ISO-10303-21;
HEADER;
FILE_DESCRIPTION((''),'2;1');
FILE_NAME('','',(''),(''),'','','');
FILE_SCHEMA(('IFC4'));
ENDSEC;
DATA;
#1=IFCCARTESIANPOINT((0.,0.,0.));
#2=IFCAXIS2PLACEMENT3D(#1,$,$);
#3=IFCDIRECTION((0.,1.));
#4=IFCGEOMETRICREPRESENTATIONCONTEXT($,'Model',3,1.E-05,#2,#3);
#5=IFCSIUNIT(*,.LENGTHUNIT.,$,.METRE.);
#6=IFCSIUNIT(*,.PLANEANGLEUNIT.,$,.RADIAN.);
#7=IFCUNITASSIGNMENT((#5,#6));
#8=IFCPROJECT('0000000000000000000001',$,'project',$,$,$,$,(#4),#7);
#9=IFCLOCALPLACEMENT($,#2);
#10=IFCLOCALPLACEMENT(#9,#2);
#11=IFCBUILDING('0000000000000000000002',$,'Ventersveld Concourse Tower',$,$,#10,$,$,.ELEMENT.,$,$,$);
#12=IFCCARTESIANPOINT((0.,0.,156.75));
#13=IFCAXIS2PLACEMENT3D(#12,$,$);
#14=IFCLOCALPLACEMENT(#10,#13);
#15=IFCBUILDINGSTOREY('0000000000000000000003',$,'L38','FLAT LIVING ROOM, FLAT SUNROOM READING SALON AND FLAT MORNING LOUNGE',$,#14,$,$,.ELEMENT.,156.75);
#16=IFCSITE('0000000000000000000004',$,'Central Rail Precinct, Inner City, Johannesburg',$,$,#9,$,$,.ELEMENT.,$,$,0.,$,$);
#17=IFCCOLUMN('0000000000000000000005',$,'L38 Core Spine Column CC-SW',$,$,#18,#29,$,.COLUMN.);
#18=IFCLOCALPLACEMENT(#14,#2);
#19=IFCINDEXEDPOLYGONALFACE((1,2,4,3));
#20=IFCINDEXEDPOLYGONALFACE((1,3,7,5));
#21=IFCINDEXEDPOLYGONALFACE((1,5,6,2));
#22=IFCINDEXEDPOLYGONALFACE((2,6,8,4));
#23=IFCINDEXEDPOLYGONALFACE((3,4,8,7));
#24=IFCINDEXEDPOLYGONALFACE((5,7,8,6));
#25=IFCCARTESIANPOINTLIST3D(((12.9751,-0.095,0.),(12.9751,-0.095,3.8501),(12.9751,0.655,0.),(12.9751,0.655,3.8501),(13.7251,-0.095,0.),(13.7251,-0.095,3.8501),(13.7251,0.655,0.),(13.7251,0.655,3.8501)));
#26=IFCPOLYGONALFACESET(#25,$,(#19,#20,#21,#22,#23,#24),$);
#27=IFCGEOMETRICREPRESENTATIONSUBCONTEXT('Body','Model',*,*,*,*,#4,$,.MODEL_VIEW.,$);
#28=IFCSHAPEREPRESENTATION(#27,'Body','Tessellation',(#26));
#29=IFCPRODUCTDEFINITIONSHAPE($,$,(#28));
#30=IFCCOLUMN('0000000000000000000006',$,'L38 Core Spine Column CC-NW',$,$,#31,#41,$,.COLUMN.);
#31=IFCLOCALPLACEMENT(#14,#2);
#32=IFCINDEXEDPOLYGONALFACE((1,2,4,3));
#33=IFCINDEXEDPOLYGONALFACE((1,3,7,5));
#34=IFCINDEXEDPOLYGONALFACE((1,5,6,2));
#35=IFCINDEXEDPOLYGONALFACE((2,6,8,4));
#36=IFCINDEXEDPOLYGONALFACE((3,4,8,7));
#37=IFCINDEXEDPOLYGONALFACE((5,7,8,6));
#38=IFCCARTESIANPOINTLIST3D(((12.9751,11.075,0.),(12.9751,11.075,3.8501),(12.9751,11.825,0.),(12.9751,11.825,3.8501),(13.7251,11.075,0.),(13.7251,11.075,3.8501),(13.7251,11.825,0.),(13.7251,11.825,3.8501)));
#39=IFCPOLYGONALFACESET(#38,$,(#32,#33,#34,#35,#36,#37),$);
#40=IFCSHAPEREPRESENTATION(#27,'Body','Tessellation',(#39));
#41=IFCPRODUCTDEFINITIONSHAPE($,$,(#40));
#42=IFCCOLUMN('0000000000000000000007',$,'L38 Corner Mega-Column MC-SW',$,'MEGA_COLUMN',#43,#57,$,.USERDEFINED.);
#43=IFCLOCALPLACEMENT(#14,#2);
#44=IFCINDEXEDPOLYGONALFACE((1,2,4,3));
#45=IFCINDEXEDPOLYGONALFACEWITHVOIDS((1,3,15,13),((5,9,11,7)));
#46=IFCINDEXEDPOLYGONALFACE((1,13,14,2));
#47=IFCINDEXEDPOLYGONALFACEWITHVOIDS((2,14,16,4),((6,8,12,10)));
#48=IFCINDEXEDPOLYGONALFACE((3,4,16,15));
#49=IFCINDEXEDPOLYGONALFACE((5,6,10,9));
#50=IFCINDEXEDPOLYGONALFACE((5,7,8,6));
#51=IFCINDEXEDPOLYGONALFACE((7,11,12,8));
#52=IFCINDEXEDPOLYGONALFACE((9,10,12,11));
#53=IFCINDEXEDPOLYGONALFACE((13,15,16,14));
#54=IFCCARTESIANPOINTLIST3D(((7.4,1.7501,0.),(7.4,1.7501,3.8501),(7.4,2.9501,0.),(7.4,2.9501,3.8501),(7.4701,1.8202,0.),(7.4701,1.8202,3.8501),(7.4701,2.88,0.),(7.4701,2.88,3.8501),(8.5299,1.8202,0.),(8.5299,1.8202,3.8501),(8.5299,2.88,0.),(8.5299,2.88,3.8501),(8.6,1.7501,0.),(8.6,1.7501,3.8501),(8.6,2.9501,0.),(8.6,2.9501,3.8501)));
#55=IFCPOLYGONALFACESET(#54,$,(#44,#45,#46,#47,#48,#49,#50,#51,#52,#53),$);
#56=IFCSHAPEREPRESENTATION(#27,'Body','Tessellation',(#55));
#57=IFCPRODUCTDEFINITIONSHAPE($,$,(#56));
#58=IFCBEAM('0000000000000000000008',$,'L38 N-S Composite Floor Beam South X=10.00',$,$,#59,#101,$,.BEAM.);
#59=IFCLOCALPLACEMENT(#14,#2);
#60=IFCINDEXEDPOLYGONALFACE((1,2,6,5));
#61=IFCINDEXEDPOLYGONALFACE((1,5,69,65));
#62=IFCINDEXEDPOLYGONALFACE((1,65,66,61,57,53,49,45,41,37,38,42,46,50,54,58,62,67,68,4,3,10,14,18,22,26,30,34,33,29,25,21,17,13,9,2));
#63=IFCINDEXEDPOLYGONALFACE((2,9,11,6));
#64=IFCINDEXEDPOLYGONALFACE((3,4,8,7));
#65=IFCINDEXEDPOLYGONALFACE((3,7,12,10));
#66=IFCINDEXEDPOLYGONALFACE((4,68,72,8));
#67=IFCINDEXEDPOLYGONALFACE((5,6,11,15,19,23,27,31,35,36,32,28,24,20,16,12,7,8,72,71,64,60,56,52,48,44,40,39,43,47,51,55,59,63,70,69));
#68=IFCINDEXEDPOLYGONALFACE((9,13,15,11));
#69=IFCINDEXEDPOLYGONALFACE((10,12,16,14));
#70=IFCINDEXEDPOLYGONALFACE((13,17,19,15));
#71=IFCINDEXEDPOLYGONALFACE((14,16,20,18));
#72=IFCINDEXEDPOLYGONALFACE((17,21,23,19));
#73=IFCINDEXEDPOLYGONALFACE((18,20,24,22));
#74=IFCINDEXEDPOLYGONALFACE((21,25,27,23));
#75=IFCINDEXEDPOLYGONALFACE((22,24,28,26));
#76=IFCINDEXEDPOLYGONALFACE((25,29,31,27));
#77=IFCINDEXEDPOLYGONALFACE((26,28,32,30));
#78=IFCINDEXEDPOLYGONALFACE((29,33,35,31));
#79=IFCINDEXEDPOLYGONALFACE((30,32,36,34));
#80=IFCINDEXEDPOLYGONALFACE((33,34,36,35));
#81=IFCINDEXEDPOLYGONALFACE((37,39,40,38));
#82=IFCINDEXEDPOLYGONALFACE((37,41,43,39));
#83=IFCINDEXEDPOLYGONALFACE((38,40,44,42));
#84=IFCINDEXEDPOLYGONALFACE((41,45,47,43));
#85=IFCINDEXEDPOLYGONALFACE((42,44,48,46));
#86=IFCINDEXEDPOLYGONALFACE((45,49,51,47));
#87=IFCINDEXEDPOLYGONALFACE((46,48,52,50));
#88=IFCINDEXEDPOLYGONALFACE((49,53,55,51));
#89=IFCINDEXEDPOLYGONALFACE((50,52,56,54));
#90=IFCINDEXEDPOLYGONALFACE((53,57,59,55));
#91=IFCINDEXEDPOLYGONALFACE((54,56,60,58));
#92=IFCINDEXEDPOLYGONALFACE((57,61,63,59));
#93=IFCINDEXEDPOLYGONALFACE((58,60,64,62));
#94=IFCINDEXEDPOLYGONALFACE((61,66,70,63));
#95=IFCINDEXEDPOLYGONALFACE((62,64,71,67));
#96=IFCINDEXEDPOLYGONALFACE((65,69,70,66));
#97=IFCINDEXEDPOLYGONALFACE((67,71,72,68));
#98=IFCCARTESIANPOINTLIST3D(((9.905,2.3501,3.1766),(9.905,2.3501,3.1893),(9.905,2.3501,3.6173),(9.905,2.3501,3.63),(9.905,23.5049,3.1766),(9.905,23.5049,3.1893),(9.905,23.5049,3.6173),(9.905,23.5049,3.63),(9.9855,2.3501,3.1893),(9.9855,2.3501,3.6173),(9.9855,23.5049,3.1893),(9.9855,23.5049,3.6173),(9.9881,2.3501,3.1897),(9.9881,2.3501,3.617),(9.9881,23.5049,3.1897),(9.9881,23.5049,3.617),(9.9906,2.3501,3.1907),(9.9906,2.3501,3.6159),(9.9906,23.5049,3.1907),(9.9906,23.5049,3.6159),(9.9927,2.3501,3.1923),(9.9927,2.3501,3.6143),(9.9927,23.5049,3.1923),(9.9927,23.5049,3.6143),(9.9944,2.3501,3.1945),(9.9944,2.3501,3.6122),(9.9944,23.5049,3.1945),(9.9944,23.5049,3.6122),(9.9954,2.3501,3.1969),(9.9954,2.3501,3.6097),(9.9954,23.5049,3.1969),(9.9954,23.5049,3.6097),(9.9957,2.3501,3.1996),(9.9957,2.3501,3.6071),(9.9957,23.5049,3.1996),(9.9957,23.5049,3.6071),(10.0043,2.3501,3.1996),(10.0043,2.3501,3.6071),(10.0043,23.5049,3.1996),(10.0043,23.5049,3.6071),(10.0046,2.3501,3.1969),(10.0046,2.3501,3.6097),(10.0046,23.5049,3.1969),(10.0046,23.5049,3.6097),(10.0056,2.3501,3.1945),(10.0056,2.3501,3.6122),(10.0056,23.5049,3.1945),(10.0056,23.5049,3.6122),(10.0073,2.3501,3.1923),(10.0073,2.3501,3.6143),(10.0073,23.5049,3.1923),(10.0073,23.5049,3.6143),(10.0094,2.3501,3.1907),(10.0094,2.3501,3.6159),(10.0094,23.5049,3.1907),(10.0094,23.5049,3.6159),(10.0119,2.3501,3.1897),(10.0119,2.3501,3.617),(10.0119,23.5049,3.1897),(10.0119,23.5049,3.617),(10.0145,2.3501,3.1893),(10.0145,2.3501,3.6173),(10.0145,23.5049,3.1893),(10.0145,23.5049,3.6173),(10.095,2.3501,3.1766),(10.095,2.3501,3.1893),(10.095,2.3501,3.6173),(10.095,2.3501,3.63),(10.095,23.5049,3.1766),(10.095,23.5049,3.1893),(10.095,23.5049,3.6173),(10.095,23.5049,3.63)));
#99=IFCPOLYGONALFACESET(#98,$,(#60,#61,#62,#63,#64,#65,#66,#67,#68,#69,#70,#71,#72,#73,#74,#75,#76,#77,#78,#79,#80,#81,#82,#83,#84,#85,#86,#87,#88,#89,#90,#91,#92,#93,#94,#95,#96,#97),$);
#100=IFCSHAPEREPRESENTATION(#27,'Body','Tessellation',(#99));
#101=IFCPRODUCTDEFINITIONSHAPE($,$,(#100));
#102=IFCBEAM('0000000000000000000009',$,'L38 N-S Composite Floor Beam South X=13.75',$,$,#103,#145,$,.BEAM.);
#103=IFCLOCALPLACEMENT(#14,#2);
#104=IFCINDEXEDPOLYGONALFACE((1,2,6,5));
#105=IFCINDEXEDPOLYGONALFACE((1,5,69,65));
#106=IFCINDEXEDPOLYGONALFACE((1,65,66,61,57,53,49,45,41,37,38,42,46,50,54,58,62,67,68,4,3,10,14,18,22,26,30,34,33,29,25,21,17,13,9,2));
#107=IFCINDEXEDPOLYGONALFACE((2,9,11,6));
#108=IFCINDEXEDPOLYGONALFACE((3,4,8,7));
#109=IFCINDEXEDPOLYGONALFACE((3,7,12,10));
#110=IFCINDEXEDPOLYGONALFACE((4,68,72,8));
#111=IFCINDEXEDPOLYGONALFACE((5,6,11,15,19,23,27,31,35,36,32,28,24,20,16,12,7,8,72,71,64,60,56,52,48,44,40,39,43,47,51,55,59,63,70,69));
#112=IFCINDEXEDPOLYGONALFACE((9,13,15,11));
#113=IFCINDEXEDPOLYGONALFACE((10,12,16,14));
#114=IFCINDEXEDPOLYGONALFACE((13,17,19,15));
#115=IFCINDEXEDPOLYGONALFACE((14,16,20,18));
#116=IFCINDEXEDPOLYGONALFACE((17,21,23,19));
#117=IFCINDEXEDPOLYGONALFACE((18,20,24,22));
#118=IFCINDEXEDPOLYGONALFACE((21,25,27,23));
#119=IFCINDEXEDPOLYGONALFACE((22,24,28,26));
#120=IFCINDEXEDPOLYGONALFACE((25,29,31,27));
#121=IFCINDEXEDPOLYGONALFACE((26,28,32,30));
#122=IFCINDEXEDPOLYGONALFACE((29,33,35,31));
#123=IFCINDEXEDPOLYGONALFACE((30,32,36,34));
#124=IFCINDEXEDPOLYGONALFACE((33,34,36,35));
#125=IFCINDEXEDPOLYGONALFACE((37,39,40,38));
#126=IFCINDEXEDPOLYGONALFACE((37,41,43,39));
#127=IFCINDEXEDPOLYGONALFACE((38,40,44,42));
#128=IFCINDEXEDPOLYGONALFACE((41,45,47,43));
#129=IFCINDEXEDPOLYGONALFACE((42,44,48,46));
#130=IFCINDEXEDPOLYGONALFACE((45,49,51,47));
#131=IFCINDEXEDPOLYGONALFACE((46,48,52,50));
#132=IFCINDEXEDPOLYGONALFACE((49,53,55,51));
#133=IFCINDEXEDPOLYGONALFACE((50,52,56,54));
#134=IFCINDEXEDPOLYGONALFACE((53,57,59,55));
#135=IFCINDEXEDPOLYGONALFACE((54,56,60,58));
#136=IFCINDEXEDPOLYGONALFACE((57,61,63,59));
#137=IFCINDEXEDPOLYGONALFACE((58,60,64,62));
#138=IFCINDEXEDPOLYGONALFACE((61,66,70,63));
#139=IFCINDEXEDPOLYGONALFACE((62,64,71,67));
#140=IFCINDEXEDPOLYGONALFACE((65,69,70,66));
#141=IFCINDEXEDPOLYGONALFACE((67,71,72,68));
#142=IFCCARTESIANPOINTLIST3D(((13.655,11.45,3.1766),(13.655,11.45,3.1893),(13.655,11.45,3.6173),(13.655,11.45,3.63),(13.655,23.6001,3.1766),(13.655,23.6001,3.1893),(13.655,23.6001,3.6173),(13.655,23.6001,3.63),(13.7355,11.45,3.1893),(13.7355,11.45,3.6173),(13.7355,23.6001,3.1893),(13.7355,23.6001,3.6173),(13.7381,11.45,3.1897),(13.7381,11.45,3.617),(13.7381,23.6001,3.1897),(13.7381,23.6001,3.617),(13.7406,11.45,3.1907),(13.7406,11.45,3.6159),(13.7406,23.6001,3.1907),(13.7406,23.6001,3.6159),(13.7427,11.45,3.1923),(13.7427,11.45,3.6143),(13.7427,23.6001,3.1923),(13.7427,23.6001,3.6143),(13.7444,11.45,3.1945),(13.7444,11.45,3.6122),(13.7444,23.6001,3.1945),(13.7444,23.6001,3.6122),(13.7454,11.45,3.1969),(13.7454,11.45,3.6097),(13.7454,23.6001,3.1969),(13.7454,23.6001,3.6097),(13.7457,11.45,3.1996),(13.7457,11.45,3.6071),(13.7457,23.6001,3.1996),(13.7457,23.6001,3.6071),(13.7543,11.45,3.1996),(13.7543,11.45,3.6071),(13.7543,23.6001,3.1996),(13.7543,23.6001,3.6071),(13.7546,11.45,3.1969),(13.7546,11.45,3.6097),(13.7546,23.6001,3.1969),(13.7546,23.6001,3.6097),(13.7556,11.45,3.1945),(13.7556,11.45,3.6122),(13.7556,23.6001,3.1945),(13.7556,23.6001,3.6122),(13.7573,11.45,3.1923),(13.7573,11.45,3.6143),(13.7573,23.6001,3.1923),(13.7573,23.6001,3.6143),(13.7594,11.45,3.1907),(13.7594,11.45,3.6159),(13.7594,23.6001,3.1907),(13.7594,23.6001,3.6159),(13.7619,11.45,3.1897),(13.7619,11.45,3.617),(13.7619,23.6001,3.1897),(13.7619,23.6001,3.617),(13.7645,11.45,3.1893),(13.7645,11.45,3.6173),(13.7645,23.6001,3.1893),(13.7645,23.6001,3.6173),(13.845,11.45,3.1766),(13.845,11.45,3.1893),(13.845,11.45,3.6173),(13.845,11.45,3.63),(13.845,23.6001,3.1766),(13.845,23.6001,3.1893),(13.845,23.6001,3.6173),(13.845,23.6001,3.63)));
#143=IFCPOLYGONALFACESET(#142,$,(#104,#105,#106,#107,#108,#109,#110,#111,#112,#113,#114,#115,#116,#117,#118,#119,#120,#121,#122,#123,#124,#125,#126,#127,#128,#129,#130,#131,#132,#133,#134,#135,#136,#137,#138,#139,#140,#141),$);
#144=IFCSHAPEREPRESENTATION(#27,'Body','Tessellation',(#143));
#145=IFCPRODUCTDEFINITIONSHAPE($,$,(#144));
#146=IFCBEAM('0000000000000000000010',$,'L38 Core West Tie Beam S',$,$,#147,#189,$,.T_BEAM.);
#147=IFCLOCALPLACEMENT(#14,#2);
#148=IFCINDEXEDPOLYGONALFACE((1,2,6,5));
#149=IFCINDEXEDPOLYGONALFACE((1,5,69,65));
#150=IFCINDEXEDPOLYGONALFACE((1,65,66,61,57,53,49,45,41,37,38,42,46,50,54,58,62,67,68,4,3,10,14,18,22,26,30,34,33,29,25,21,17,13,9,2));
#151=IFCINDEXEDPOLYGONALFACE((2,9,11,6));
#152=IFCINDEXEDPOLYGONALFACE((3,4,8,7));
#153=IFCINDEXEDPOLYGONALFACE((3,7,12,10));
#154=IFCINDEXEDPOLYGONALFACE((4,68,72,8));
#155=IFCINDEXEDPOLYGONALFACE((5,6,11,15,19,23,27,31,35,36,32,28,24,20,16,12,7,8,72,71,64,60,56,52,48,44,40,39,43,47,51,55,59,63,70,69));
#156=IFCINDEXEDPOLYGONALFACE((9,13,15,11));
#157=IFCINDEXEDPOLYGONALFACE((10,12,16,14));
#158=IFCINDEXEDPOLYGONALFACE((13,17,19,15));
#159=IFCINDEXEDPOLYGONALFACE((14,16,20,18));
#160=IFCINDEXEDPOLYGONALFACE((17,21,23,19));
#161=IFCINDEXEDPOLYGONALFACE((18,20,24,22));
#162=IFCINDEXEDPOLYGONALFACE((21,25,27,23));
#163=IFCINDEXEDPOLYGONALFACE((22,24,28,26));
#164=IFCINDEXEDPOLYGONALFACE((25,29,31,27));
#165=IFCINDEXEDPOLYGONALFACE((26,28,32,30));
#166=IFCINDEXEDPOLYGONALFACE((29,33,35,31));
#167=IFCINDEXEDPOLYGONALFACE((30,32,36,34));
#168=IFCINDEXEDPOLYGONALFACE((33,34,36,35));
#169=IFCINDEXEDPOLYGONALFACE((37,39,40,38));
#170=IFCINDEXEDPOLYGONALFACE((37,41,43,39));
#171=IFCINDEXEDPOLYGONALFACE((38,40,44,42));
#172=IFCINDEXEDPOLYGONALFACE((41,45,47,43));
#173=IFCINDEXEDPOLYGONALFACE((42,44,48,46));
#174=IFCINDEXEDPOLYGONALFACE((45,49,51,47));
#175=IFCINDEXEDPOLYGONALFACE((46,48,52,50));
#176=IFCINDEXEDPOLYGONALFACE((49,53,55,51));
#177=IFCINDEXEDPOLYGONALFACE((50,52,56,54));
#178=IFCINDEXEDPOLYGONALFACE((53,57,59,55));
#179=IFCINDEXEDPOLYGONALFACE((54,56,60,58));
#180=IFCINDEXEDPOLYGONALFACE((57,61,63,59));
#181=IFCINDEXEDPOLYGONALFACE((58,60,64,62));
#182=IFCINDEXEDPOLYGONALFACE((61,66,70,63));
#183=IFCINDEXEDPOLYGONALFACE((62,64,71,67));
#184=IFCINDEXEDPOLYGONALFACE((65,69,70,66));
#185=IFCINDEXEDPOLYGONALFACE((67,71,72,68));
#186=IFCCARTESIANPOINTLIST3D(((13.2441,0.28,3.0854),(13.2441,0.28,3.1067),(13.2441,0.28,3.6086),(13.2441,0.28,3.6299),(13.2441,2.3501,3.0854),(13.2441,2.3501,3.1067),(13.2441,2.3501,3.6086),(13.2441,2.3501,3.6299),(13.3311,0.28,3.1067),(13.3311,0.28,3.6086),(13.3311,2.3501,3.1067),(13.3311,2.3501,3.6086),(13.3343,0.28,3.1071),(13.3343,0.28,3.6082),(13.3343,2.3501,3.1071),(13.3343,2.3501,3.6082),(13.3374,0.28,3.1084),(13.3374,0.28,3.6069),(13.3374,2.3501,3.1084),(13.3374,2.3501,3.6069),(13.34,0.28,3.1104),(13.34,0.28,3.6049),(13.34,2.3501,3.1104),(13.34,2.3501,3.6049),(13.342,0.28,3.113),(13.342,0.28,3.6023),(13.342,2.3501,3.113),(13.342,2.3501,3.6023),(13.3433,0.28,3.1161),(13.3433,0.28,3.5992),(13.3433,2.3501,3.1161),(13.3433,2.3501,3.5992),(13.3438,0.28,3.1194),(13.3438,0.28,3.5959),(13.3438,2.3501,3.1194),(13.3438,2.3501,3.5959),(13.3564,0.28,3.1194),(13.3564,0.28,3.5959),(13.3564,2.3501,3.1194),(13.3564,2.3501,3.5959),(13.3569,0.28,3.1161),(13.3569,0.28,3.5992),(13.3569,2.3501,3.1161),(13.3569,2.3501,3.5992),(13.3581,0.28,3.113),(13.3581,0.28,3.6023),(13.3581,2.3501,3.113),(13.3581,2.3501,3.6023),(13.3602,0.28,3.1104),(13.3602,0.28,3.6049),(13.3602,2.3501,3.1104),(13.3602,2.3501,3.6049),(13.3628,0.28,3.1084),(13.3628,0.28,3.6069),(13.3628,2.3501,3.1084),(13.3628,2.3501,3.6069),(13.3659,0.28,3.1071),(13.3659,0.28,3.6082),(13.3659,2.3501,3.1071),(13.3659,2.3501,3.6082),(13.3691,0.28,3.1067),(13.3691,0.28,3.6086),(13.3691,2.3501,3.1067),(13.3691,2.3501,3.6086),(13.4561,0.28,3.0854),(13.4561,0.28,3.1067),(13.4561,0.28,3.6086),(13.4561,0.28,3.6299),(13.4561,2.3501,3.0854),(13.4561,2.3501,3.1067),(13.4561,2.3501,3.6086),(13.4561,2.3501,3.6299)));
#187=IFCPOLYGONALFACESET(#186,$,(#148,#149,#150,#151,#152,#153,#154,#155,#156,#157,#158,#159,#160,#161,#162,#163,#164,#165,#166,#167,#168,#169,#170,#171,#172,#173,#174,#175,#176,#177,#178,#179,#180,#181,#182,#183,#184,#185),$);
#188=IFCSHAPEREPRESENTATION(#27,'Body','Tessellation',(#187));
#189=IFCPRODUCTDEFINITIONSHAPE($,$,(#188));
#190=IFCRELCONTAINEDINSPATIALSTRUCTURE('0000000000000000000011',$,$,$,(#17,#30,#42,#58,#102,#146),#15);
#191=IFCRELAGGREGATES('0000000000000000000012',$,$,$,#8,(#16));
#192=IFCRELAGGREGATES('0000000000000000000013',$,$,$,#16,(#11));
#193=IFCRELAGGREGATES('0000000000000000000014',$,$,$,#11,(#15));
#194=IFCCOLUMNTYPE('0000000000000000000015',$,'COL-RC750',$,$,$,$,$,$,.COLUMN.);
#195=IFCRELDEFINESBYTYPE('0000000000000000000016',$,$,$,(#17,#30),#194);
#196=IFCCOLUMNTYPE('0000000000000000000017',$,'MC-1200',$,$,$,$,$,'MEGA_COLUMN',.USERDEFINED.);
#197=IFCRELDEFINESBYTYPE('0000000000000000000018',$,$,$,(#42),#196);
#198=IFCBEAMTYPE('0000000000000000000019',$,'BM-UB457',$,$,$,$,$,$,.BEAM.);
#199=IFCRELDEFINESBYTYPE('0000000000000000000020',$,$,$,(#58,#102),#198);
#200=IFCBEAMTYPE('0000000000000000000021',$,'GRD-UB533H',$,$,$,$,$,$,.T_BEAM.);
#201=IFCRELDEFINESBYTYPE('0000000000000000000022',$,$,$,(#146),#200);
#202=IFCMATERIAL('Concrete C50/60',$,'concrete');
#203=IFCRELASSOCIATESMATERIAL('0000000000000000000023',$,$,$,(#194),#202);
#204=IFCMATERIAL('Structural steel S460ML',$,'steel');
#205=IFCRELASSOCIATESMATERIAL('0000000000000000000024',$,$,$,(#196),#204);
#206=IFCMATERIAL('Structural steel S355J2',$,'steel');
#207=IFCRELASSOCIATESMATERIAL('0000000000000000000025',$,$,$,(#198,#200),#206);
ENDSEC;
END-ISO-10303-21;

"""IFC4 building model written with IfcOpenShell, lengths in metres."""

from ifc_helpers import new_model, si_unit, direction, frame, origin, origin_2d, place, context, subcontext, project, spatial, rectangle, hollow_rectangle, i_section, extrude, material, material_profile, profile_set, type_object, element, save


model = new_model("IFC4")

# Units and contexts
model_context = context("Model", 3, precision=1e-05, world=origin(), true_north=direction((0.0, 1.0)))
body_context = subcontext(model_context, "Body", "Model", "MODEL_VIEW")
ifc_project = project(units=[si_unit("LENGTHUNIT", "METRE"), si_unit("PLANEANGLEUNIT", "RADIAN")], contexts=[model_context])

# Site, building, storey
site_placement = place(None, origin())
site = spatial("IfcSite", under=ifc_project, at=site_placement, Name="Central Rail Precinct, Inner City, Johannesburg", CompositionType="ELEMENT", RefElevation=0.0)
building_placement = place(site_placement, origin())
building = spatial("IfcBuilding", under=site, at=building_placement, Name="Ventersveld Concourse Tower", CompositionType="ELEMENT")
storey_placement = place(building_placement, frame((0.0, 0.0, 156.75)))
storey = spatial("IfcBuildingStorey", under=building, at=storey_placement, Name="L38", Description="FLAT LIVING ROOM, FLAT SUNROOM READING SALON AND FLAT MORNING LOUNGE", CompositionType="ELEMENT", Elevation=156.75)

# Columns
ifc_material_1 = material(Name="Concrete C50/60", Category="concrete")
ifc_material_profile_1 = material_profile(ifc_material_1, rectangle(XDim=0.75, YDim=0.75, at=origin_2d()), Name="RC 750x750")
ifc_profile_set_1 = profile_set([ifc_material_profile_1], Name="Concrete C50/60")
column_type_1 = type_object("IfcColumnType", Name="COL-RC750", PredefinedType="COLUMN", material=ifc_profile_set_1)
for number, where, z_axis, x_axis, name in (
    (1, (13.3501, 0.28, 0.0), (0.0, 0.0, 1.0), (1.0, 0.0, 0.0), "L38 Core Spine Column CC-SW"),
    (2, (13.3501, 11.45, 0.0), (0.0, 0.0, 1.0), (1.0, 0.0, 0.0), "L38 Core Spine Column CC-NW"),
):
    element("IfcColumn", number, at=place(storey_placement, frame(where, z_axis=z_axis, x_axis=x_axis)), inside=storey, type_object=column_type_1, Name=name, PredefinedType="COLUMN", context=body_context, shape_type="SweptSolid", body=[
        extrude(rectangle(XDim=0.75, YDim=0.75, at=origin_2d()), origin(), (0.0, 0.0, 1.0), 3.8501),
    ])
ifc_material_2 = material(Name="Structural steel S460ML", Category="steel")
ifc_material_profile_2 = material_profile(ifc_material_2, hollow_rectangle(XDim=1.2, YDim=1.2, WallThickness=0.0701, at=origin_2d()), Name="BOX 1200x1200x70")
ifc_profile_set_2 = profile_set([ifc_material_profile_2], Name="Structural steel S460ML")
column_type_2 = type_object("IfcColumnType", Name="MC-1200", ElementType="MEGA_COLUMN", PredefinedType="USERDEFINED", material=ifc_profile_set_2)
column_placement = place(storey_placement, frame((8.0, 2.3501, 0.0), z_axis=(0.0, 0.0, 1.0), x_axis=(1.0, 0.0, 0.0)))
element("IfcColumn", 3, at=column_placement, inside=storey, type_object=column_type_2, Name="L38 Corner Mega-Column MC-SW", ObjectType="MEGA_COLUMN", PredefinedType="USERDEFINED", context=body_context, shape_type="SweptSolid", body=[
    extrude(hollow_rectangle(XDim=1.2, YDim=1.2, WallThickness=0.0701, at=origin_2d()), origin(), (0.0, 0.0, 1.0), 3.8501),
])

# Beams
ifc_material_3 = material(Name="Structural steel S355J2", Category="steel")
ifc_material_profile_3 = material_profile(ifc_material_3, i_section(OverallWidth=0.1899, OverallDepth=0.4534, WebThickness=0.0085, FlangeThickness=0.0127, FilletRadius=0.0103, at=origin_2d()), Name="UB 457x191x67")
ifc_profile_set_3 = profile_set([ifc_material_profile_3], Name="Structural steel S355J2")
beam_type_1 = type_object("IfcBeamType", Name="BM-UB457", PredefinedType="BEAM", material=ifc_profile_set_3)
beam_1_placement = place(storey_placement, frame((10.0, 2.3501, 3.4033), z_axis=(0.0, 1.0, 0.0), x_axis=(-1.0, 0.0, 0.0)))
element("IfcBeam", 4, at=beam_1_placement, inside=storey, type_object=beam_type_1, Name="L38 N-S Composite Floor Beam South X=10.00", PredefinedType="BEAM", context=body_context, shape_type="SweptSolid", body=[
    extrude(i_section(OverallWidth=0.1899, OverallDepth=0.4534, WebThickness=0.0085, FlangeThickness=0.0127, FilletRadius=0.0103, at=origin_2d()), origin(), (0.0, 0.0, 1.0), 21.1548),
])
beam_2_placement = place(storey_placement, frame((13.75, 11.45, 3.4033), z_axis=(0.0, 1.0, 0.0), x_axis=(-1.0, 0.0, 0.0)))
element("IfcBeam", 5, at=beam_2_placement, inside=storey, type_object=beam_type_1, Name="L38 N-S Composite Floor Beam South X=13.75", PredefinedType="BEAM", context=body_context, shape_type="SweptSolid", body=[
    extrude(i_section(OverallWidth=0.1899, OverallDepth=0.4534, WebThickness=0.0085, FlangeThickness=0.0127, FilletRadius=0.0103, at=origin_2d()), origin(), (0.0, 0.0, 1.0), 12.1501),
])
ifc_material_profile_4 = material_profile(ifc_material_3, i_section(OverallWidth=0.2119, OverallDepth=0.5444, WebThickness=0.0127, FlangeThickness=0.0212, FilletRadius=0.0127, at=origin_2d()), Name="UB 533x210x122")
ifc_profile_set_4 = profile_set([ifc_material_profile_4], Name="Structural steel S355J2")
beam_type_2 = type_object("IfcBeamType", Name="GRD-UB533H", PredefinedType="T_BEAM", material=ifc_profile_set_4)
beam_3_placement = place(storey_placement, frame((13.3501, 0.28, 3.3577), z_axis=(0.0, 1.0, 0.0), x_axis=(-1.0, 0.0, 0.0)))
element("IfcBeam", 6, at=beam_3_placement, inside=storey, type_object=beam_type_2, Name="L38 Core West Tie Beam S", PredefinedType="T_BEAM", context=body_context, shape_type="SweptSolid", body=[
    extrude(i_section(OverallWidth=0.2119, OverallDepth=0.5444, WebThickness=0.0127, FlangeThickness=0.0212, FilletRadius=0.0127, at=origin_2d()), origin(), (0.0, 0.0, 1.0), 2.0701),
])

save(model, "model.ifc")
